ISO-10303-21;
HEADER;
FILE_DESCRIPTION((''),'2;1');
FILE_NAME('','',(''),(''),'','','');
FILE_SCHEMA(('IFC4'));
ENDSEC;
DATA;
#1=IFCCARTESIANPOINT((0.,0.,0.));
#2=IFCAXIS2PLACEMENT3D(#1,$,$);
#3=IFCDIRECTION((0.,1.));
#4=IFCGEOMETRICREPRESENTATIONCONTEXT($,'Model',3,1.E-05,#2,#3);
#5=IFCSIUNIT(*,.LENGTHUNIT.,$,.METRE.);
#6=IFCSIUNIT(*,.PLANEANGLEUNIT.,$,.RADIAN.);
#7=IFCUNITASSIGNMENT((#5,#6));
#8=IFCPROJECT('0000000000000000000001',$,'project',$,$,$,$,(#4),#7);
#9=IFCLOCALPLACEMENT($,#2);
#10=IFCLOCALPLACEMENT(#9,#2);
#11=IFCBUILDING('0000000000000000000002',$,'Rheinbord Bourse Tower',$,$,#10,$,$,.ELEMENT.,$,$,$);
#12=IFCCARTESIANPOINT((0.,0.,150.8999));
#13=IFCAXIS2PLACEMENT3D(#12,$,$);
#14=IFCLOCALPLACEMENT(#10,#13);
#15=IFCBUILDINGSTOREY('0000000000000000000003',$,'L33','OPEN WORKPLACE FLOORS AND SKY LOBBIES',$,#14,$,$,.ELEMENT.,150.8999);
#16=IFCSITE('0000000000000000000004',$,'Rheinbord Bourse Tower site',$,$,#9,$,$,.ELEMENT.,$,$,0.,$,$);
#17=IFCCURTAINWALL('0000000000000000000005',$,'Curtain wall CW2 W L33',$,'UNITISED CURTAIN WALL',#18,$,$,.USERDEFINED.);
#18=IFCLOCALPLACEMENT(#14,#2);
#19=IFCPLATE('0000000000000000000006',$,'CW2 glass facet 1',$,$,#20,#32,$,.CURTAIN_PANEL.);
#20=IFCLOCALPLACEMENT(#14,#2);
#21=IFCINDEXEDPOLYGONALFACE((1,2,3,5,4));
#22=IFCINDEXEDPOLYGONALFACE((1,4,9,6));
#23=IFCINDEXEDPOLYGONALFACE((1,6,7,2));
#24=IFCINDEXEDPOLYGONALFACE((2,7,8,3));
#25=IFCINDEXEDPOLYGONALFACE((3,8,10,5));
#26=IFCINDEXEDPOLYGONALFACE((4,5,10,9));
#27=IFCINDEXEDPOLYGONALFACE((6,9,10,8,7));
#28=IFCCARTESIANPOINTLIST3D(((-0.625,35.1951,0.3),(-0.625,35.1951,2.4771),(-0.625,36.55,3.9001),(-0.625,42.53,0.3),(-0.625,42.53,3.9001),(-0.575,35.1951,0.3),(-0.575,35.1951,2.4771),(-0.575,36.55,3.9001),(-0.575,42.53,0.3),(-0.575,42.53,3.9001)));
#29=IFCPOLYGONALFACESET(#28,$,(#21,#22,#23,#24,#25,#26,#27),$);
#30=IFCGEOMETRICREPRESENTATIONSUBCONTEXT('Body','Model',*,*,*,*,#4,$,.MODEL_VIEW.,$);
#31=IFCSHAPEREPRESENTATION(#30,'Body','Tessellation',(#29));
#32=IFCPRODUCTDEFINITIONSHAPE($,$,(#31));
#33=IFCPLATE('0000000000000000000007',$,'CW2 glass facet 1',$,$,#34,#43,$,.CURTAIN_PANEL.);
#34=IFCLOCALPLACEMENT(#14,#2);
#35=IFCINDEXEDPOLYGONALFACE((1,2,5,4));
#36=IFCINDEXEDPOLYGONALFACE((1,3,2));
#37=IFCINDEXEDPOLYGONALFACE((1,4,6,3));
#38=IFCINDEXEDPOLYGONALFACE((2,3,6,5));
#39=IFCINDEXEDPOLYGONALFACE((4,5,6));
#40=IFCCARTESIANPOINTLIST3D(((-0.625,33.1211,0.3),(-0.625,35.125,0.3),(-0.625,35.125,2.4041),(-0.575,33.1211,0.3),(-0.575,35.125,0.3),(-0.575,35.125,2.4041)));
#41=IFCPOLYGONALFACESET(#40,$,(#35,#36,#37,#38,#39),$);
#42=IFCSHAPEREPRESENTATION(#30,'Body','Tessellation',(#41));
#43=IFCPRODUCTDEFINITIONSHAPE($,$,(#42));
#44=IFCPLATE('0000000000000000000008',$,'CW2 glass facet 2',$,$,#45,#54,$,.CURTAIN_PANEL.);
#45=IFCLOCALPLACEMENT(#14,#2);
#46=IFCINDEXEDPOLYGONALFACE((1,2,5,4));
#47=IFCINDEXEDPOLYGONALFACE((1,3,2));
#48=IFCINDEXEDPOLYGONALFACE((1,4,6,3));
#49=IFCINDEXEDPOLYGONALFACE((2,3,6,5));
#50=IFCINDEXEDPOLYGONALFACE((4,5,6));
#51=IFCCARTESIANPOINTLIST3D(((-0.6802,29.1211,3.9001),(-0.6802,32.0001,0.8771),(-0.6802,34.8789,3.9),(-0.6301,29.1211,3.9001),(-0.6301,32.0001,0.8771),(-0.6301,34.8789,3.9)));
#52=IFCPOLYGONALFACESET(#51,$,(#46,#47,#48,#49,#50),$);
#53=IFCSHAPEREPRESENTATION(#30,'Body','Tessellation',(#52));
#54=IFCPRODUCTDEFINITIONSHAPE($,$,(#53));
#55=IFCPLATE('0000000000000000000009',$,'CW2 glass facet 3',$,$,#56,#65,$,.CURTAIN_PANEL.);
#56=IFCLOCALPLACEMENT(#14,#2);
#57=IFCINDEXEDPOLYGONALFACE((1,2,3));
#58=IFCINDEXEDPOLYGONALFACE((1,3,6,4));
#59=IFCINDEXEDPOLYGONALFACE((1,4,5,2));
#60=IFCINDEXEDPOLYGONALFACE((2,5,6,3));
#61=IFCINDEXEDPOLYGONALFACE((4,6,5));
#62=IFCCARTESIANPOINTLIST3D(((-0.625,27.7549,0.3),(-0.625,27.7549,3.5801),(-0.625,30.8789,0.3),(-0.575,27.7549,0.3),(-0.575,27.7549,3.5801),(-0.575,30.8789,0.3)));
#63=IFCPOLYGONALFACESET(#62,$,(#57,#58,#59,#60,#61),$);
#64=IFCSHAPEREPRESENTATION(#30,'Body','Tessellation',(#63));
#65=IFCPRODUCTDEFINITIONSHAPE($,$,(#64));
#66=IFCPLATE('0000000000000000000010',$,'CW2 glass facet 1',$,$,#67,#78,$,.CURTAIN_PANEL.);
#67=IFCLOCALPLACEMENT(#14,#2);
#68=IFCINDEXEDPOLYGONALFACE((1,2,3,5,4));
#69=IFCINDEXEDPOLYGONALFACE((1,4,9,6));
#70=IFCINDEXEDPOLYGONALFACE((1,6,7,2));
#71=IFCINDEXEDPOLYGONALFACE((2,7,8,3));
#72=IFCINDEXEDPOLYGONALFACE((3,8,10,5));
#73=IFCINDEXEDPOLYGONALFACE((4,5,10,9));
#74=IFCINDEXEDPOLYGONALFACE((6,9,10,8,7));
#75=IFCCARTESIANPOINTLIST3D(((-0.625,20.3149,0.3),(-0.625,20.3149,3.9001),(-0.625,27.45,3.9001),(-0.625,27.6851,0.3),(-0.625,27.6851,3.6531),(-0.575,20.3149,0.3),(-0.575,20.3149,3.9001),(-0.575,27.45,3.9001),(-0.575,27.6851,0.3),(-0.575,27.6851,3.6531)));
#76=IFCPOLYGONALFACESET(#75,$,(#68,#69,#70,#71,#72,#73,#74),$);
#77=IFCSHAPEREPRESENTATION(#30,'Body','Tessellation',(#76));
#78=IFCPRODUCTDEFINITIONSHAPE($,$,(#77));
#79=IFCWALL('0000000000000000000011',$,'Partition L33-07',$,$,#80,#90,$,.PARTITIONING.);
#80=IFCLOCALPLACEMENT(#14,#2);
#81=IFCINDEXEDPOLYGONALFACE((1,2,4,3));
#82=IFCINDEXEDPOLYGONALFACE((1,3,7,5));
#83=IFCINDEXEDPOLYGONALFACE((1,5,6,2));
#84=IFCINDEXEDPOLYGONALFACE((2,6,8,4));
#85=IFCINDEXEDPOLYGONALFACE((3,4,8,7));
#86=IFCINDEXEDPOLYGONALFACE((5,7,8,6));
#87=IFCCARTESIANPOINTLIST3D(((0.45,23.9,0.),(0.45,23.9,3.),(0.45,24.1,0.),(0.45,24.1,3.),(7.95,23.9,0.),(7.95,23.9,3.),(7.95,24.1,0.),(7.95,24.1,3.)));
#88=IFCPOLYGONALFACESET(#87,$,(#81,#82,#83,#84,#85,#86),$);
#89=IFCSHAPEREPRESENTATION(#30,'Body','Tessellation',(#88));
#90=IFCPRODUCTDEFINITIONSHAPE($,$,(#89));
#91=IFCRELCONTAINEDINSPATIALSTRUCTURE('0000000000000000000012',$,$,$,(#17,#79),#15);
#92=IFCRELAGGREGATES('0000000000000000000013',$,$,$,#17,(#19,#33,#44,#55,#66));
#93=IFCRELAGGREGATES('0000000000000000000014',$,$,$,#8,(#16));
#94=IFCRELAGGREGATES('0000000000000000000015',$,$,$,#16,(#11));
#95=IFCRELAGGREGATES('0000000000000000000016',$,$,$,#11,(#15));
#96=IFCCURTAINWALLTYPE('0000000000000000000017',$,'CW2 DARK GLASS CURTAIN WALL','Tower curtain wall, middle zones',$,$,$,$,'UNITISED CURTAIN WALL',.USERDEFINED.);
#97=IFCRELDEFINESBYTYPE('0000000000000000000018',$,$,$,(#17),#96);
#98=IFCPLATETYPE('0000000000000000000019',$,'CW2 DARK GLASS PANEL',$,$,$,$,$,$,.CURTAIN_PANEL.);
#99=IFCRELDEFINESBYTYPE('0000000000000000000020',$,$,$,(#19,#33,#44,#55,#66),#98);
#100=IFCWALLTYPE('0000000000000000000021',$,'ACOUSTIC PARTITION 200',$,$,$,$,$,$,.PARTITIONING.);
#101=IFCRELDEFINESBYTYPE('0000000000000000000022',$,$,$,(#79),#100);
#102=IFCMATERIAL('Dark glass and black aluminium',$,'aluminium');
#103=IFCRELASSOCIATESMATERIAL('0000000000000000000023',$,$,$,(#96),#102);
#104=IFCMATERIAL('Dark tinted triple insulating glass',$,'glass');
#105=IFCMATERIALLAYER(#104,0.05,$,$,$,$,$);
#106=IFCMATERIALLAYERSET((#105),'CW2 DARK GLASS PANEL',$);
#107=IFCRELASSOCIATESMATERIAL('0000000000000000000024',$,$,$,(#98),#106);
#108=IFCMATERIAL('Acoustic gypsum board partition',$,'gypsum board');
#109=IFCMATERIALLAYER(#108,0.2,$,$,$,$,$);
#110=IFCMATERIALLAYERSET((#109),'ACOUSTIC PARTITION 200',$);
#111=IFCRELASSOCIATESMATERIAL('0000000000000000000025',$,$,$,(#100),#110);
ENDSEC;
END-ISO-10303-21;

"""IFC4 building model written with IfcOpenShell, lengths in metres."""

from ifc_helpers import new_model, si_unit, direction, frame, frame_2d, origin, place, context, subcontext, project, spatial, polyline, rectangle, outline, extrude, material, layer, layer_set, type_object, element, aggregate, save


model = new_model("IFC4")

# Units and contexts
model_context = context("Model", 3, precision=1e-05, world=origin(), true_north=direction((0.0, 1.0)))
body_context = subcontext(model_context, "Body", "Model", "MODEL_VIEW")
ifc_project = project(units=[si_unit("LENGTHUNIT", "METRE"), si_unit("PLANEANGLEUNIT", "RADIAN")], contexts=[model_context])

# Site, building, storey
site_placement = place(None, origin())
site = spatial("IfcSite", under=ifc_project, at=site_placement, Name="Rheinbord Bourse Tower site", CompositionType="ELEMENT", RefElevation=0.0)
building_placement = place(site_placement, origin())
building = spatial("IfcBuilding", under=site, at=building_placement, Name="Rheinbord Bourse Tower", CompositionType="ELEMENT")
storey_placement = place(building_placement, frame((0.0, 0.0, 150.8999)))
storey = spatial("IfcBuildingStorey", under=building, at=storey_placement, Name="L33", Description="OPEN WORKPLACE FLOORS AND SKY LOBBIES", CompositionType="ELEMENT", Elevation=150.8999)

# Curtain wall
ifc_material_1 = material(Name="Dark glass and black aluminium", Category="aluminium")
curtain_wall_type = type_object("IfcCurtainWallType", Name="CW2 DARK GLASS CURTAIN WALL", Description="Tower curtain wall, middle zones", ElementType="UNITISED CURTAIN WALL", PredefinedType="USERDEFINED", material=ifc_material_1)
curtain_wall_placement = place(storey_placement, origin())
curtain_wall = element("IfcCurtainWall", 1, at=curtain_wall_placement, inside=storey, type_object=curtain_wall_type, Name="Curtain wall CW2 W L33", ObjectType="UNITISED CURTAIN WALL", PredefinedType="USERDEFINED")

# Plates
ifc_material_2 = material(Name="Dark tinted triple insulating glass", Category="glass")
ifc_layer_1 = layer(ifc_material_2, 0.05)
ifc_layer_set_1 = layer_set([ifc_layer_1], Name="CW2 DARK GLASS PANEL")
plate_type = type_object("IfcPlateType", Name="CW2 DARK GLASS PANEL", PredefinedType="CURTAIN_PANEL", material=ifc_layer_set_1)
plate_1_placement = place(storey_placement, frame((-0.625, 35.1951, 0.3), z_axis=(1.0, 0.0, 0.0), x_axis=(0.0, 1.0, 0.0)))
plate_1 = element("IfcPlate", 2, at=plate_1_placement, type_object=plate_type, Name="CW2 glass facet 1", PredefinedType="CURTAIN_PANEL", context=body_context, shape_type="SweptSolid", body=[
    extrude(outline(polyline([(0.0, 0.0), (7.335, 0.0), (7.335, 3.6001), (1.355, 3.6001), (0.0, 2.177), (0.0, 0.0)])), origin(), (0.0, 0.0, 1.0), 0.05),
])
plate_2_placement = place(storey_placement, frame((-0.625, 35.125, 0.3), z_axis=(1.0, 0.0, 0.0), x_axis=(0.0, 0.0, 1.0)))
plate_2 = element("IfcPlate", 3, at=plate_2_placement, type_object=plate_type, Name="CW2 glass facet 1", PredefinedType="CURTAIN_PANEL", context=body_context, shape_type="SweptSolid", body=[
    extrude(outline(polyline([(0.0, 0.0), (2.104, 0.0), (0.0, 2.0039), (0.0, 0.0)])), origin(), (0.0, 0.0, 1.0), 0.05),
])
plate_3_placement = place(storey_placement, frame((-0.6802, 29.1211, 3.9001), z_axis=(1.0, 0.0, 0.0), x_axis=(0.0, 0.689643, -0.724149)))
plate_3 = element("IfcPlate", 4, at=plate_3_placement, type_object=plate_type, Name="CW2 glass facet 2", PredefinedType="CURTAIN_PANEL", context=body_context, shape_type="SweptSolid", body=[
    extrude(outline(polyline([(0.0, 0.0), (4.1746, 0.0), (3.9709, 4.1694), (0.0, 0.0)])), origin(), (0.0, 0.0, 1.0), 0.05),
])
plate_4_placement = place(storey_placement, frame((-0.625, 27.7549, 0.3), z_axis=(1.0, 0.0, 0.0), x_axis=(0.0, 1.0, 0.0)))
plate_4 = element("IfcPlate", 5, at=plate_4_placement, type_object=plate_type, Name="CW2 glass facet 3", PredefinedType="CURTAIN_PANEL", context=body_context, shape_type="SweptSolid", body=[
    extrude(outline(polyline([(0.0, 0.0), (3.124, 0.0), (0.0, 3.28), (0.0, 0.0)])), origin(), (0.0, 0.0, 1.0), 0.05),
])
plate_5_placement = place(storey_placement, frame((-0.625, 20.3149, 3.9001), z_axis=(1.0, 0.0, 0.0), x_axis=(0.0, 0.0, -1.0)))
plate_5 = element("IfcPlate", 6, at=plate_5_placement, type_object=plate_type, Name="CW2 glass facet 1", PredefinedType="CURTAIN_PANEL", context=body_context, shape_type="SweptSolid", body=[
    extrude(outline(polyline([(0.0, 0.0), (3.6001, 0.0), (3.6001, 7.3701), (0.2471, 7.3701), (0.0, 7.135), (0.0, 0.0)])), origin(), (0.0, 0.0, 1.0), 0.05),
])
aggregate(curtain_wall, [plate_1, plate_2, plate_3, plate_4, plate_5])

# Wall
ifc_material_3 = material(Name="Acoustic gypsum board partition", Category="gypsum board")
ifc_layer_2 = layer(ifc_material_3, 0.2)
ifc_layer_set_2 = layer_set([ifc_layer_2], Name="ACOUSTIC PARTITION 200")
wall_type = type_object("IfcWallType", Name="ACOUSTIC PARTITION 200", PredefinedType="PARTITIONING", material=ifc_layer_set_2)
wall_placement = place(storey_placement, frame((0.45, 24.0, 0.0), z_axis=(0.0, 0.0, 1.0), x_axis=(1.0, 0.0, 0.0)))
element("IfcWall", 7, at=wall_placement, inside=storey, type_object=wall_type, Name="Partition L33-07", PredefinedType="PARTITIONING", context=body_context, shape_type="SweptSolid", body=[
    extrude(rectangle(XDim=7.5, YDim=0.2, at=frame_2d((3.75, 0.0))), origin(), (0.0, 0.0, 1.0), 3.0),
])

save(model, "model.ifc")
